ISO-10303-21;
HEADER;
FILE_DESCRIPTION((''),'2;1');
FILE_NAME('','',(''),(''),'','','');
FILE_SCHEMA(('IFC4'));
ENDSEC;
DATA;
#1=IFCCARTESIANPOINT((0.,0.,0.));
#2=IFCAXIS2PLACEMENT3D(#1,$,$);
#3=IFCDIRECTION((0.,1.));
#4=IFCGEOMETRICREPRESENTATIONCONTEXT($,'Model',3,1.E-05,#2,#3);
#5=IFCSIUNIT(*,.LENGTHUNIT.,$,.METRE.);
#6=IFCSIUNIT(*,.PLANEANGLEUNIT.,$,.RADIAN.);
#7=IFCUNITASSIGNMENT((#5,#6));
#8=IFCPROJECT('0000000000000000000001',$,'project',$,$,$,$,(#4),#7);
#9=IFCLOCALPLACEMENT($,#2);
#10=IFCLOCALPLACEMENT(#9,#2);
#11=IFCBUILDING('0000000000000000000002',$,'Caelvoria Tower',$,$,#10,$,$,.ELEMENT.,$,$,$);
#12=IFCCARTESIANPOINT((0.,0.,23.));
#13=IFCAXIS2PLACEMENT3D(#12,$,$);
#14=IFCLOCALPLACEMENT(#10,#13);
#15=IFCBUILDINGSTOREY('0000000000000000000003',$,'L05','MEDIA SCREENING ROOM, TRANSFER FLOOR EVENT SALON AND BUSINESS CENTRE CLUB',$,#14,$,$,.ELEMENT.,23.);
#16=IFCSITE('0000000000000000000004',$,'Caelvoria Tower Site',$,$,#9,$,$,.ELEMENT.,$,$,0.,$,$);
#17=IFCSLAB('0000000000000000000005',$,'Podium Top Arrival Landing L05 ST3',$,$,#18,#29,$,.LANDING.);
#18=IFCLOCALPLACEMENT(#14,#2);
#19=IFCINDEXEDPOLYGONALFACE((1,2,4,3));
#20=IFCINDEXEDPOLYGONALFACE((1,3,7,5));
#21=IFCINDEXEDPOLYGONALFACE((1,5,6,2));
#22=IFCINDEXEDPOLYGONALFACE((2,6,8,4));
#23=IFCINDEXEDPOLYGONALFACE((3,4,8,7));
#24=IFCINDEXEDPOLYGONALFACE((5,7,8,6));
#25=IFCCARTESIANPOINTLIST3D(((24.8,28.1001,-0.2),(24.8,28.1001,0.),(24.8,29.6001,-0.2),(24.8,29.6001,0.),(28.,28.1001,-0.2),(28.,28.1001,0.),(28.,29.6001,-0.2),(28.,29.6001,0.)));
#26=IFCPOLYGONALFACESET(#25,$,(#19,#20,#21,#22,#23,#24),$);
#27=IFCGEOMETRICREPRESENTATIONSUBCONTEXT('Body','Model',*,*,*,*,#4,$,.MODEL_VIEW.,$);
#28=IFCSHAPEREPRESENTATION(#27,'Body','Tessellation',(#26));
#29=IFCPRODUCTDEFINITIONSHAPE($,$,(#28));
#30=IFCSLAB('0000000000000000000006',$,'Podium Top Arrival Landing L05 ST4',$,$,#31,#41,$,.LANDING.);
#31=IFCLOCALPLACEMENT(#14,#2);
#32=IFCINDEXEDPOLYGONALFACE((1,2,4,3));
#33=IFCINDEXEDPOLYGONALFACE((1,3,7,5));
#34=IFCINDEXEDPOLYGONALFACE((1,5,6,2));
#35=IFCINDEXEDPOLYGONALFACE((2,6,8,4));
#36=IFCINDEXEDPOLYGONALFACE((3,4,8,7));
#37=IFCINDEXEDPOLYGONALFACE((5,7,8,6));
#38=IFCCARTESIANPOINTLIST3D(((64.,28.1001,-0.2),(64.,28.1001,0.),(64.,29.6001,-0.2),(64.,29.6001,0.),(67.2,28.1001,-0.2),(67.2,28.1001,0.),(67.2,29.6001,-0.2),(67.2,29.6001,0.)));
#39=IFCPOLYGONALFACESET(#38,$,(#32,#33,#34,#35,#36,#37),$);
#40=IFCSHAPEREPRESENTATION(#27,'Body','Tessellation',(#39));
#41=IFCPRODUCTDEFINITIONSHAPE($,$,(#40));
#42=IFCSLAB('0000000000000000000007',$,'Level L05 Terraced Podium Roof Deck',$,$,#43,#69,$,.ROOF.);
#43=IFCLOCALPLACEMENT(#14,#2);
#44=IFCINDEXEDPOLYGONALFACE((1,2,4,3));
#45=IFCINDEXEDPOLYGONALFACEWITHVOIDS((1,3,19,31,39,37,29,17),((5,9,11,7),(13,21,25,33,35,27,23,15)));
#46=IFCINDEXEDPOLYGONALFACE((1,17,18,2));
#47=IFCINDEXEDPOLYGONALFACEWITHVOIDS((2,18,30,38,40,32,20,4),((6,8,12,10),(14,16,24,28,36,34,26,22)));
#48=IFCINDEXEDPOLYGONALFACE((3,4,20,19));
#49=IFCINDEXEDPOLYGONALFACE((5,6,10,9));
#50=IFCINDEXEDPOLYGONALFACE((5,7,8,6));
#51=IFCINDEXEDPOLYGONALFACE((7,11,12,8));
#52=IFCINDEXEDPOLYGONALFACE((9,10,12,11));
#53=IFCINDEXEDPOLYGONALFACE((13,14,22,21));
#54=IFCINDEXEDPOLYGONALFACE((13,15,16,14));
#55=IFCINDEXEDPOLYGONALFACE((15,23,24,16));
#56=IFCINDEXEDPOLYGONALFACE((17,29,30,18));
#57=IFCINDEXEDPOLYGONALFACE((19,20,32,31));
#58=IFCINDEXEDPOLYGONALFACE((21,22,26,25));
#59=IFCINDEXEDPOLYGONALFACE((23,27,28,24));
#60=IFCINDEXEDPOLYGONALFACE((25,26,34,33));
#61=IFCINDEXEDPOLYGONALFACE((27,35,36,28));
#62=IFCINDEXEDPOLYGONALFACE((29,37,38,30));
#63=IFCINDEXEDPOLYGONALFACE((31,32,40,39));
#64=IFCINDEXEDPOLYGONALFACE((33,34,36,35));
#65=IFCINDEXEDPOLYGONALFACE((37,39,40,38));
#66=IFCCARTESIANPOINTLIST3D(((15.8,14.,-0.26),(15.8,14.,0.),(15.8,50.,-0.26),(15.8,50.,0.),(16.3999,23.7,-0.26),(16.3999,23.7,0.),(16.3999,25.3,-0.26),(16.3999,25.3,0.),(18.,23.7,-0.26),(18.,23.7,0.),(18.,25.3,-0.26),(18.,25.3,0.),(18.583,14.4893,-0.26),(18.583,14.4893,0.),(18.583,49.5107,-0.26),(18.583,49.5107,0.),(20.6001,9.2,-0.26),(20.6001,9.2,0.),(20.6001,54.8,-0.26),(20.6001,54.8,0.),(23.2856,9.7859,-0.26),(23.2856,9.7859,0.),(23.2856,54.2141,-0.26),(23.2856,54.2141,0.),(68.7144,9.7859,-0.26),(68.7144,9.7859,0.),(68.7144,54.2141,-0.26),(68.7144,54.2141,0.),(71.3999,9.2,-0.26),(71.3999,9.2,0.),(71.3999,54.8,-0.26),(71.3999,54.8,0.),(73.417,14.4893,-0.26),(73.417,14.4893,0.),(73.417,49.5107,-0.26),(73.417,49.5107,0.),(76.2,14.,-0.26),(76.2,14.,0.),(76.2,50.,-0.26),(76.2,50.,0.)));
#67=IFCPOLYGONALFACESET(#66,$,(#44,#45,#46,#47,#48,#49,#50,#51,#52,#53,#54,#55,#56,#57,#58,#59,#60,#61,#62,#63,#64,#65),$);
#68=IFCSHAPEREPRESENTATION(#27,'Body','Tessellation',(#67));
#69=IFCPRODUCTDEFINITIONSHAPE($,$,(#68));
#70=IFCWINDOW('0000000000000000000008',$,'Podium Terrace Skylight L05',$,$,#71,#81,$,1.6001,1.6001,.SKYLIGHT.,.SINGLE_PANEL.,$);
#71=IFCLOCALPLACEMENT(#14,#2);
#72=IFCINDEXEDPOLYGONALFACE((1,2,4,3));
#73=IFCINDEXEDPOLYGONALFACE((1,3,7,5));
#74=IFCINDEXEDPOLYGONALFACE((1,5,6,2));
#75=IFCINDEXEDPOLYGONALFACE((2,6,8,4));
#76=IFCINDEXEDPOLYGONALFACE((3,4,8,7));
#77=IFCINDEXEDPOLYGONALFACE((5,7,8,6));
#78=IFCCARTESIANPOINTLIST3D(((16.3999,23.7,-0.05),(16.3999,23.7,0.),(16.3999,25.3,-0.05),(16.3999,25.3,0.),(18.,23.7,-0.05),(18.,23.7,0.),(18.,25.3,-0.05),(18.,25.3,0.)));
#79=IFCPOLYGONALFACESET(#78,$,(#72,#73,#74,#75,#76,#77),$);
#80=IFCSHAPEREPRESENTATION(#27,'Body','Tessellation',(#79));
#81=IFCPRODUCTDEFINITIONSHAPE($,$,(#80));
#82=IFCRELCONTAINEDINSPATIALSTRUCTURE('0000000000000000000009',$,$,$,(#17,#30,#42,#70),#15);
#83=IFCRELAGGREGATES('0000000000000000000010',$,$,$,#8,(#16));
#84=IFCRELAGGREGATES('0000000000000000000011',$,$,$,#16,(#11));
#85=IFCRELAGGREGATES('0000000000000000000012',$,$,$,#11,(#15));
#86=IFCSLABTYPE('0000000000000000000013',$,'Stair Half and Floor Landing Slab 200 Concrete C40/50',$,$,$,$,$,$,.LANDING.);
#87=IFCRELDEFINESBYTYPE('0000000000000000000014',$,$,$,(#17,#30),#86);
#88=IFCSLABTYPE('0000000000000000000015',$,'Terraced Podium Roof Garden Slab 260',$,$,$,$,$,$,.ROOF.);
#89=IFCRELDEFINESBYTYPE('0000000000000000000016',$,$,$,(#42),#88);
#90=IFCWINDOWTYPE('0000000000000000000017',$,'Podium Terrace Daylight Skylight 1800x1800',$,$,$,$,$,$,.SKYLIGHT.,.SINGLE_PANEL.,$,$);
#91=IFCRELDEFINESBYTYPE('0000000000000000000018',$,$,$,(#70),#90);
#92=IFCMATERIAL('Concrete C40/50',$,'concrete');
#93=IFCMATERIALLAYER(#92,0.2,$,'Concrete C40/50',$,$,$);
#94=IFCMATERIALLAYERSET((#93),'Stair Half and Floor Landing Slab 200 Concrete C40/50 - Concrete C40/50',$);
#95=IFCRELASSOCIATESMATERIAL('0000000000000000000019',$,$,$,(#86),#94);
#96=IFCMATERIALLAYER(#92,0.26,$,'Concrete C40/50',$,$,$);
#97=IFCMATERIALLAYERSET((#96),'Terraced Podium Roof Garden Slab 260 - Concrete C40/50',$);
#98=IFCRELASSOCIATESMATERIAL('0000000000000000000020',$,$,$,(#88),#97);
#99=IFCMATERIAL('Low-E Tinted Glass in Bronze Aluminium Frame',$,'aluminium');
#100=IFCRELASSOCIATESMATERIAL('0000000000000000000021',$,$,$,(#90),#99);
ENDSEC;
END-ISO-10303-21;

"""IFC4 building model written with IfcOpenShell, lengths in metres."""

from ifc_helpers import new_model, si_unit, direction, frame, origin, origin_2d, place, context, subcontext, project, spatial, polyline, rectangle, outline, extrude, material, layer, layer_set, type_object, element, fill, save


model = new_model("IFC4")

# Units and contexts
model_context = context("Model", 3, precision=1e-05, world=origin(), true_north=direction((0.0, 1.0)))
body_context = subcontext(model_context, "Body", "Model", "MODEL_VIEW")
ifc_project = project(units=[si_unit("LENGTHUNIT", "METRE"), si_unit("PLANEANGLEUNIT", "RADIAN")], contexts=[model_context])

# Site, building, storey
site_placement = place(None, origin())
site = spatial("IfcSite", under=ifc_project, at=site_placement, Name="Caelvoria Tower Site", CompositionType="ELEMENT", RefElevation=0.0)
building_placement = place(site_placement, origin())
building = spatial("IfcBuilding", under=site, at=building_placement, Name="Caelvoria Tower", CompositionType="ELEMENT")
storey_placement = place(building_placement, frame((0.0, 0.0, 23.0)))
storey = spatial("IfcBuildingStorey", under=building, at=storey_placement, Name="L05", Description="MEDIA SCREENING ROOM, TRANSFER FLOOR EVENT SALON AND BUSINESS CENTRE CLUB", CompositionType="ELEMENT", Elevation=23.0)

# Shared definitions
ifc_material_1 = material(Name="Concrete C40/50", Category="concrete")
ifc_layer_1 = layer(ifc_material_1, 0.2, Name="Concrete C40/50")
ifc_layer_set_1 = layer_set([ifc_layer_1], Name="Stair Half and Floor Landing Slab 200 Concrete C40/50 - Concrete C40/50")
slab_type_1 = type_object("IfcSlabType", Name="Stair Half and Floor Landing Slab 200 Concrete C40/50", PredefinedType="LANDING", material=ifc_layer_set_1)

# Slabs
slab_1_placement = place(storey_placement, frame((0.0, 0.0, -0.2)))
element("IfcSlab", 1, at=slab_1_placement, inside=storey, type_object=slab_type_1, Name="Podium Top Arrival Landing L05 ST3", PredefinedType="LANDING", context=body_context, shape_type="SweptSolid", body=[
    extrude(outline(polyline([(24.8, 28.1001), (28.0, 28.1001), (28.0, 29.6001), (24.8, 29.6001), (24.8, 28.1001)])), origin(), (0.0, 0.0, 1.0), 0.2),
])
slab_2_placement = place(storey_placement, frame((0.0, 0.0, -0.2)))
element("IfcSlab", 2, at=slab_2_placement, inside=storey, type_object=slab_type_1, Name="Podium Top Arrival Landing L05 ST4", PredefinedType="LANDING", context=body_context, shape_type="SweptSolid", body=[
    extrude(outline(polyline([(64.0, 28.1001), (67.2, 28.1001), (67.2, 29.6001), (64.0, 29.6001), (64.0, 28.1001)])), origin(), (0.0, 0.0, 1.0), 0.2),
])

# Slab, opening, window
ifc_layer_2 = layer(ifc_material_1, 0.26, Name="Concrete C40/50")
ifc_layer_set_2 = layer_set([ifc_layer_2], Name="Terraced Podium Roof Garden Slab 260 - Concrete C40/50")
slab_type_2 = type_object("IfcSlabType", Name="Terraced Podium Roof Garden Slab 260", PredefinedType="ROOF", material=ifc_layer_set_2)
slab_3_placement = place(storey_placement, frame((0.0, 0.0, -0.26)))
slab_3 = element("IfcSlab", 3, at=slab_3_placement, inside=storey, type_object=slab_type_2, Name="Level L05 Terraced Podium Roof Deck", PredefinedType="ROOF", context=body_context, shape_type="SweptSolid", body=[
    extrude(outline(polyline([(20.6001, 9.2), (71.3999, 9.2), (76.2, 14.0), (76.2, 50.0), (71.3999, 54.8), (20.6001, 54.8), (15.8, 50.0), (15.8, 14.0), (20.6001, 9.2)]), holes=[polyline([(23.2856, 9.7859), (68.7144, 9.7859), (73.417, 14.4893), (73.417, 49.5107), (68.7144, 54.2141), (23.2856, 54.2141), (18.583, 49.5107), (18.583, 14.4893), (23.2856, 9.7859)])]), origin(), (0.0, 0.0, 1.0), 0.26),
])
opening_1_placement = place(slab_3_placement, frame((17.2, 24.5, 0.0)))
opening_1 = element("IfcOpeningElement", 4, at=opening_1_placement, cuts=slab_3, PredefinedType="OPENING", context=body_context, shape_type="SweptSolid", body=[
    extrude(rectangle(XDim=1.6001, YDim=1.6001, at=origin_2d()), origin(), (0.0, 0.0, 1.0), 0.26),
])
ifc_material_2 = material(Name="Low-E Tinted Glass in Bronze Aluminium Frame", Category="aluminium")
window_type_1 = type_object("IfcWindowType", Name="Podium Terrace Daylight Skylight 1800x1800", PartitioningType="SINGLE_PANEL", PredefinedType="SKYLIGHT", material=ifc_material_2)
window_1_placement = place(opening_1_placement, frame((0.0, 0.0, 0.21)))
window_1 = element("IfcWindow", 5, at=window_1_placement, inside=storey, type_object=window_type_1, Name="Podium Terrace Skylight L05", OverallHeight=1.6001, OverallWidth=1.6001, PartitioningType="SINGLE_PANEL", PredefinedType="SKYLIGHT", context=body_context, shape_type="SweptSolid", body=[
    extrude(rectangle(XDim=1.6001, YDim=1.6001, at=origin_2d()), origin(), (0.0, 0.0, 1.0), 0.05),
])
fill(opening_1, window_1)

save(model, "model.ifc")
